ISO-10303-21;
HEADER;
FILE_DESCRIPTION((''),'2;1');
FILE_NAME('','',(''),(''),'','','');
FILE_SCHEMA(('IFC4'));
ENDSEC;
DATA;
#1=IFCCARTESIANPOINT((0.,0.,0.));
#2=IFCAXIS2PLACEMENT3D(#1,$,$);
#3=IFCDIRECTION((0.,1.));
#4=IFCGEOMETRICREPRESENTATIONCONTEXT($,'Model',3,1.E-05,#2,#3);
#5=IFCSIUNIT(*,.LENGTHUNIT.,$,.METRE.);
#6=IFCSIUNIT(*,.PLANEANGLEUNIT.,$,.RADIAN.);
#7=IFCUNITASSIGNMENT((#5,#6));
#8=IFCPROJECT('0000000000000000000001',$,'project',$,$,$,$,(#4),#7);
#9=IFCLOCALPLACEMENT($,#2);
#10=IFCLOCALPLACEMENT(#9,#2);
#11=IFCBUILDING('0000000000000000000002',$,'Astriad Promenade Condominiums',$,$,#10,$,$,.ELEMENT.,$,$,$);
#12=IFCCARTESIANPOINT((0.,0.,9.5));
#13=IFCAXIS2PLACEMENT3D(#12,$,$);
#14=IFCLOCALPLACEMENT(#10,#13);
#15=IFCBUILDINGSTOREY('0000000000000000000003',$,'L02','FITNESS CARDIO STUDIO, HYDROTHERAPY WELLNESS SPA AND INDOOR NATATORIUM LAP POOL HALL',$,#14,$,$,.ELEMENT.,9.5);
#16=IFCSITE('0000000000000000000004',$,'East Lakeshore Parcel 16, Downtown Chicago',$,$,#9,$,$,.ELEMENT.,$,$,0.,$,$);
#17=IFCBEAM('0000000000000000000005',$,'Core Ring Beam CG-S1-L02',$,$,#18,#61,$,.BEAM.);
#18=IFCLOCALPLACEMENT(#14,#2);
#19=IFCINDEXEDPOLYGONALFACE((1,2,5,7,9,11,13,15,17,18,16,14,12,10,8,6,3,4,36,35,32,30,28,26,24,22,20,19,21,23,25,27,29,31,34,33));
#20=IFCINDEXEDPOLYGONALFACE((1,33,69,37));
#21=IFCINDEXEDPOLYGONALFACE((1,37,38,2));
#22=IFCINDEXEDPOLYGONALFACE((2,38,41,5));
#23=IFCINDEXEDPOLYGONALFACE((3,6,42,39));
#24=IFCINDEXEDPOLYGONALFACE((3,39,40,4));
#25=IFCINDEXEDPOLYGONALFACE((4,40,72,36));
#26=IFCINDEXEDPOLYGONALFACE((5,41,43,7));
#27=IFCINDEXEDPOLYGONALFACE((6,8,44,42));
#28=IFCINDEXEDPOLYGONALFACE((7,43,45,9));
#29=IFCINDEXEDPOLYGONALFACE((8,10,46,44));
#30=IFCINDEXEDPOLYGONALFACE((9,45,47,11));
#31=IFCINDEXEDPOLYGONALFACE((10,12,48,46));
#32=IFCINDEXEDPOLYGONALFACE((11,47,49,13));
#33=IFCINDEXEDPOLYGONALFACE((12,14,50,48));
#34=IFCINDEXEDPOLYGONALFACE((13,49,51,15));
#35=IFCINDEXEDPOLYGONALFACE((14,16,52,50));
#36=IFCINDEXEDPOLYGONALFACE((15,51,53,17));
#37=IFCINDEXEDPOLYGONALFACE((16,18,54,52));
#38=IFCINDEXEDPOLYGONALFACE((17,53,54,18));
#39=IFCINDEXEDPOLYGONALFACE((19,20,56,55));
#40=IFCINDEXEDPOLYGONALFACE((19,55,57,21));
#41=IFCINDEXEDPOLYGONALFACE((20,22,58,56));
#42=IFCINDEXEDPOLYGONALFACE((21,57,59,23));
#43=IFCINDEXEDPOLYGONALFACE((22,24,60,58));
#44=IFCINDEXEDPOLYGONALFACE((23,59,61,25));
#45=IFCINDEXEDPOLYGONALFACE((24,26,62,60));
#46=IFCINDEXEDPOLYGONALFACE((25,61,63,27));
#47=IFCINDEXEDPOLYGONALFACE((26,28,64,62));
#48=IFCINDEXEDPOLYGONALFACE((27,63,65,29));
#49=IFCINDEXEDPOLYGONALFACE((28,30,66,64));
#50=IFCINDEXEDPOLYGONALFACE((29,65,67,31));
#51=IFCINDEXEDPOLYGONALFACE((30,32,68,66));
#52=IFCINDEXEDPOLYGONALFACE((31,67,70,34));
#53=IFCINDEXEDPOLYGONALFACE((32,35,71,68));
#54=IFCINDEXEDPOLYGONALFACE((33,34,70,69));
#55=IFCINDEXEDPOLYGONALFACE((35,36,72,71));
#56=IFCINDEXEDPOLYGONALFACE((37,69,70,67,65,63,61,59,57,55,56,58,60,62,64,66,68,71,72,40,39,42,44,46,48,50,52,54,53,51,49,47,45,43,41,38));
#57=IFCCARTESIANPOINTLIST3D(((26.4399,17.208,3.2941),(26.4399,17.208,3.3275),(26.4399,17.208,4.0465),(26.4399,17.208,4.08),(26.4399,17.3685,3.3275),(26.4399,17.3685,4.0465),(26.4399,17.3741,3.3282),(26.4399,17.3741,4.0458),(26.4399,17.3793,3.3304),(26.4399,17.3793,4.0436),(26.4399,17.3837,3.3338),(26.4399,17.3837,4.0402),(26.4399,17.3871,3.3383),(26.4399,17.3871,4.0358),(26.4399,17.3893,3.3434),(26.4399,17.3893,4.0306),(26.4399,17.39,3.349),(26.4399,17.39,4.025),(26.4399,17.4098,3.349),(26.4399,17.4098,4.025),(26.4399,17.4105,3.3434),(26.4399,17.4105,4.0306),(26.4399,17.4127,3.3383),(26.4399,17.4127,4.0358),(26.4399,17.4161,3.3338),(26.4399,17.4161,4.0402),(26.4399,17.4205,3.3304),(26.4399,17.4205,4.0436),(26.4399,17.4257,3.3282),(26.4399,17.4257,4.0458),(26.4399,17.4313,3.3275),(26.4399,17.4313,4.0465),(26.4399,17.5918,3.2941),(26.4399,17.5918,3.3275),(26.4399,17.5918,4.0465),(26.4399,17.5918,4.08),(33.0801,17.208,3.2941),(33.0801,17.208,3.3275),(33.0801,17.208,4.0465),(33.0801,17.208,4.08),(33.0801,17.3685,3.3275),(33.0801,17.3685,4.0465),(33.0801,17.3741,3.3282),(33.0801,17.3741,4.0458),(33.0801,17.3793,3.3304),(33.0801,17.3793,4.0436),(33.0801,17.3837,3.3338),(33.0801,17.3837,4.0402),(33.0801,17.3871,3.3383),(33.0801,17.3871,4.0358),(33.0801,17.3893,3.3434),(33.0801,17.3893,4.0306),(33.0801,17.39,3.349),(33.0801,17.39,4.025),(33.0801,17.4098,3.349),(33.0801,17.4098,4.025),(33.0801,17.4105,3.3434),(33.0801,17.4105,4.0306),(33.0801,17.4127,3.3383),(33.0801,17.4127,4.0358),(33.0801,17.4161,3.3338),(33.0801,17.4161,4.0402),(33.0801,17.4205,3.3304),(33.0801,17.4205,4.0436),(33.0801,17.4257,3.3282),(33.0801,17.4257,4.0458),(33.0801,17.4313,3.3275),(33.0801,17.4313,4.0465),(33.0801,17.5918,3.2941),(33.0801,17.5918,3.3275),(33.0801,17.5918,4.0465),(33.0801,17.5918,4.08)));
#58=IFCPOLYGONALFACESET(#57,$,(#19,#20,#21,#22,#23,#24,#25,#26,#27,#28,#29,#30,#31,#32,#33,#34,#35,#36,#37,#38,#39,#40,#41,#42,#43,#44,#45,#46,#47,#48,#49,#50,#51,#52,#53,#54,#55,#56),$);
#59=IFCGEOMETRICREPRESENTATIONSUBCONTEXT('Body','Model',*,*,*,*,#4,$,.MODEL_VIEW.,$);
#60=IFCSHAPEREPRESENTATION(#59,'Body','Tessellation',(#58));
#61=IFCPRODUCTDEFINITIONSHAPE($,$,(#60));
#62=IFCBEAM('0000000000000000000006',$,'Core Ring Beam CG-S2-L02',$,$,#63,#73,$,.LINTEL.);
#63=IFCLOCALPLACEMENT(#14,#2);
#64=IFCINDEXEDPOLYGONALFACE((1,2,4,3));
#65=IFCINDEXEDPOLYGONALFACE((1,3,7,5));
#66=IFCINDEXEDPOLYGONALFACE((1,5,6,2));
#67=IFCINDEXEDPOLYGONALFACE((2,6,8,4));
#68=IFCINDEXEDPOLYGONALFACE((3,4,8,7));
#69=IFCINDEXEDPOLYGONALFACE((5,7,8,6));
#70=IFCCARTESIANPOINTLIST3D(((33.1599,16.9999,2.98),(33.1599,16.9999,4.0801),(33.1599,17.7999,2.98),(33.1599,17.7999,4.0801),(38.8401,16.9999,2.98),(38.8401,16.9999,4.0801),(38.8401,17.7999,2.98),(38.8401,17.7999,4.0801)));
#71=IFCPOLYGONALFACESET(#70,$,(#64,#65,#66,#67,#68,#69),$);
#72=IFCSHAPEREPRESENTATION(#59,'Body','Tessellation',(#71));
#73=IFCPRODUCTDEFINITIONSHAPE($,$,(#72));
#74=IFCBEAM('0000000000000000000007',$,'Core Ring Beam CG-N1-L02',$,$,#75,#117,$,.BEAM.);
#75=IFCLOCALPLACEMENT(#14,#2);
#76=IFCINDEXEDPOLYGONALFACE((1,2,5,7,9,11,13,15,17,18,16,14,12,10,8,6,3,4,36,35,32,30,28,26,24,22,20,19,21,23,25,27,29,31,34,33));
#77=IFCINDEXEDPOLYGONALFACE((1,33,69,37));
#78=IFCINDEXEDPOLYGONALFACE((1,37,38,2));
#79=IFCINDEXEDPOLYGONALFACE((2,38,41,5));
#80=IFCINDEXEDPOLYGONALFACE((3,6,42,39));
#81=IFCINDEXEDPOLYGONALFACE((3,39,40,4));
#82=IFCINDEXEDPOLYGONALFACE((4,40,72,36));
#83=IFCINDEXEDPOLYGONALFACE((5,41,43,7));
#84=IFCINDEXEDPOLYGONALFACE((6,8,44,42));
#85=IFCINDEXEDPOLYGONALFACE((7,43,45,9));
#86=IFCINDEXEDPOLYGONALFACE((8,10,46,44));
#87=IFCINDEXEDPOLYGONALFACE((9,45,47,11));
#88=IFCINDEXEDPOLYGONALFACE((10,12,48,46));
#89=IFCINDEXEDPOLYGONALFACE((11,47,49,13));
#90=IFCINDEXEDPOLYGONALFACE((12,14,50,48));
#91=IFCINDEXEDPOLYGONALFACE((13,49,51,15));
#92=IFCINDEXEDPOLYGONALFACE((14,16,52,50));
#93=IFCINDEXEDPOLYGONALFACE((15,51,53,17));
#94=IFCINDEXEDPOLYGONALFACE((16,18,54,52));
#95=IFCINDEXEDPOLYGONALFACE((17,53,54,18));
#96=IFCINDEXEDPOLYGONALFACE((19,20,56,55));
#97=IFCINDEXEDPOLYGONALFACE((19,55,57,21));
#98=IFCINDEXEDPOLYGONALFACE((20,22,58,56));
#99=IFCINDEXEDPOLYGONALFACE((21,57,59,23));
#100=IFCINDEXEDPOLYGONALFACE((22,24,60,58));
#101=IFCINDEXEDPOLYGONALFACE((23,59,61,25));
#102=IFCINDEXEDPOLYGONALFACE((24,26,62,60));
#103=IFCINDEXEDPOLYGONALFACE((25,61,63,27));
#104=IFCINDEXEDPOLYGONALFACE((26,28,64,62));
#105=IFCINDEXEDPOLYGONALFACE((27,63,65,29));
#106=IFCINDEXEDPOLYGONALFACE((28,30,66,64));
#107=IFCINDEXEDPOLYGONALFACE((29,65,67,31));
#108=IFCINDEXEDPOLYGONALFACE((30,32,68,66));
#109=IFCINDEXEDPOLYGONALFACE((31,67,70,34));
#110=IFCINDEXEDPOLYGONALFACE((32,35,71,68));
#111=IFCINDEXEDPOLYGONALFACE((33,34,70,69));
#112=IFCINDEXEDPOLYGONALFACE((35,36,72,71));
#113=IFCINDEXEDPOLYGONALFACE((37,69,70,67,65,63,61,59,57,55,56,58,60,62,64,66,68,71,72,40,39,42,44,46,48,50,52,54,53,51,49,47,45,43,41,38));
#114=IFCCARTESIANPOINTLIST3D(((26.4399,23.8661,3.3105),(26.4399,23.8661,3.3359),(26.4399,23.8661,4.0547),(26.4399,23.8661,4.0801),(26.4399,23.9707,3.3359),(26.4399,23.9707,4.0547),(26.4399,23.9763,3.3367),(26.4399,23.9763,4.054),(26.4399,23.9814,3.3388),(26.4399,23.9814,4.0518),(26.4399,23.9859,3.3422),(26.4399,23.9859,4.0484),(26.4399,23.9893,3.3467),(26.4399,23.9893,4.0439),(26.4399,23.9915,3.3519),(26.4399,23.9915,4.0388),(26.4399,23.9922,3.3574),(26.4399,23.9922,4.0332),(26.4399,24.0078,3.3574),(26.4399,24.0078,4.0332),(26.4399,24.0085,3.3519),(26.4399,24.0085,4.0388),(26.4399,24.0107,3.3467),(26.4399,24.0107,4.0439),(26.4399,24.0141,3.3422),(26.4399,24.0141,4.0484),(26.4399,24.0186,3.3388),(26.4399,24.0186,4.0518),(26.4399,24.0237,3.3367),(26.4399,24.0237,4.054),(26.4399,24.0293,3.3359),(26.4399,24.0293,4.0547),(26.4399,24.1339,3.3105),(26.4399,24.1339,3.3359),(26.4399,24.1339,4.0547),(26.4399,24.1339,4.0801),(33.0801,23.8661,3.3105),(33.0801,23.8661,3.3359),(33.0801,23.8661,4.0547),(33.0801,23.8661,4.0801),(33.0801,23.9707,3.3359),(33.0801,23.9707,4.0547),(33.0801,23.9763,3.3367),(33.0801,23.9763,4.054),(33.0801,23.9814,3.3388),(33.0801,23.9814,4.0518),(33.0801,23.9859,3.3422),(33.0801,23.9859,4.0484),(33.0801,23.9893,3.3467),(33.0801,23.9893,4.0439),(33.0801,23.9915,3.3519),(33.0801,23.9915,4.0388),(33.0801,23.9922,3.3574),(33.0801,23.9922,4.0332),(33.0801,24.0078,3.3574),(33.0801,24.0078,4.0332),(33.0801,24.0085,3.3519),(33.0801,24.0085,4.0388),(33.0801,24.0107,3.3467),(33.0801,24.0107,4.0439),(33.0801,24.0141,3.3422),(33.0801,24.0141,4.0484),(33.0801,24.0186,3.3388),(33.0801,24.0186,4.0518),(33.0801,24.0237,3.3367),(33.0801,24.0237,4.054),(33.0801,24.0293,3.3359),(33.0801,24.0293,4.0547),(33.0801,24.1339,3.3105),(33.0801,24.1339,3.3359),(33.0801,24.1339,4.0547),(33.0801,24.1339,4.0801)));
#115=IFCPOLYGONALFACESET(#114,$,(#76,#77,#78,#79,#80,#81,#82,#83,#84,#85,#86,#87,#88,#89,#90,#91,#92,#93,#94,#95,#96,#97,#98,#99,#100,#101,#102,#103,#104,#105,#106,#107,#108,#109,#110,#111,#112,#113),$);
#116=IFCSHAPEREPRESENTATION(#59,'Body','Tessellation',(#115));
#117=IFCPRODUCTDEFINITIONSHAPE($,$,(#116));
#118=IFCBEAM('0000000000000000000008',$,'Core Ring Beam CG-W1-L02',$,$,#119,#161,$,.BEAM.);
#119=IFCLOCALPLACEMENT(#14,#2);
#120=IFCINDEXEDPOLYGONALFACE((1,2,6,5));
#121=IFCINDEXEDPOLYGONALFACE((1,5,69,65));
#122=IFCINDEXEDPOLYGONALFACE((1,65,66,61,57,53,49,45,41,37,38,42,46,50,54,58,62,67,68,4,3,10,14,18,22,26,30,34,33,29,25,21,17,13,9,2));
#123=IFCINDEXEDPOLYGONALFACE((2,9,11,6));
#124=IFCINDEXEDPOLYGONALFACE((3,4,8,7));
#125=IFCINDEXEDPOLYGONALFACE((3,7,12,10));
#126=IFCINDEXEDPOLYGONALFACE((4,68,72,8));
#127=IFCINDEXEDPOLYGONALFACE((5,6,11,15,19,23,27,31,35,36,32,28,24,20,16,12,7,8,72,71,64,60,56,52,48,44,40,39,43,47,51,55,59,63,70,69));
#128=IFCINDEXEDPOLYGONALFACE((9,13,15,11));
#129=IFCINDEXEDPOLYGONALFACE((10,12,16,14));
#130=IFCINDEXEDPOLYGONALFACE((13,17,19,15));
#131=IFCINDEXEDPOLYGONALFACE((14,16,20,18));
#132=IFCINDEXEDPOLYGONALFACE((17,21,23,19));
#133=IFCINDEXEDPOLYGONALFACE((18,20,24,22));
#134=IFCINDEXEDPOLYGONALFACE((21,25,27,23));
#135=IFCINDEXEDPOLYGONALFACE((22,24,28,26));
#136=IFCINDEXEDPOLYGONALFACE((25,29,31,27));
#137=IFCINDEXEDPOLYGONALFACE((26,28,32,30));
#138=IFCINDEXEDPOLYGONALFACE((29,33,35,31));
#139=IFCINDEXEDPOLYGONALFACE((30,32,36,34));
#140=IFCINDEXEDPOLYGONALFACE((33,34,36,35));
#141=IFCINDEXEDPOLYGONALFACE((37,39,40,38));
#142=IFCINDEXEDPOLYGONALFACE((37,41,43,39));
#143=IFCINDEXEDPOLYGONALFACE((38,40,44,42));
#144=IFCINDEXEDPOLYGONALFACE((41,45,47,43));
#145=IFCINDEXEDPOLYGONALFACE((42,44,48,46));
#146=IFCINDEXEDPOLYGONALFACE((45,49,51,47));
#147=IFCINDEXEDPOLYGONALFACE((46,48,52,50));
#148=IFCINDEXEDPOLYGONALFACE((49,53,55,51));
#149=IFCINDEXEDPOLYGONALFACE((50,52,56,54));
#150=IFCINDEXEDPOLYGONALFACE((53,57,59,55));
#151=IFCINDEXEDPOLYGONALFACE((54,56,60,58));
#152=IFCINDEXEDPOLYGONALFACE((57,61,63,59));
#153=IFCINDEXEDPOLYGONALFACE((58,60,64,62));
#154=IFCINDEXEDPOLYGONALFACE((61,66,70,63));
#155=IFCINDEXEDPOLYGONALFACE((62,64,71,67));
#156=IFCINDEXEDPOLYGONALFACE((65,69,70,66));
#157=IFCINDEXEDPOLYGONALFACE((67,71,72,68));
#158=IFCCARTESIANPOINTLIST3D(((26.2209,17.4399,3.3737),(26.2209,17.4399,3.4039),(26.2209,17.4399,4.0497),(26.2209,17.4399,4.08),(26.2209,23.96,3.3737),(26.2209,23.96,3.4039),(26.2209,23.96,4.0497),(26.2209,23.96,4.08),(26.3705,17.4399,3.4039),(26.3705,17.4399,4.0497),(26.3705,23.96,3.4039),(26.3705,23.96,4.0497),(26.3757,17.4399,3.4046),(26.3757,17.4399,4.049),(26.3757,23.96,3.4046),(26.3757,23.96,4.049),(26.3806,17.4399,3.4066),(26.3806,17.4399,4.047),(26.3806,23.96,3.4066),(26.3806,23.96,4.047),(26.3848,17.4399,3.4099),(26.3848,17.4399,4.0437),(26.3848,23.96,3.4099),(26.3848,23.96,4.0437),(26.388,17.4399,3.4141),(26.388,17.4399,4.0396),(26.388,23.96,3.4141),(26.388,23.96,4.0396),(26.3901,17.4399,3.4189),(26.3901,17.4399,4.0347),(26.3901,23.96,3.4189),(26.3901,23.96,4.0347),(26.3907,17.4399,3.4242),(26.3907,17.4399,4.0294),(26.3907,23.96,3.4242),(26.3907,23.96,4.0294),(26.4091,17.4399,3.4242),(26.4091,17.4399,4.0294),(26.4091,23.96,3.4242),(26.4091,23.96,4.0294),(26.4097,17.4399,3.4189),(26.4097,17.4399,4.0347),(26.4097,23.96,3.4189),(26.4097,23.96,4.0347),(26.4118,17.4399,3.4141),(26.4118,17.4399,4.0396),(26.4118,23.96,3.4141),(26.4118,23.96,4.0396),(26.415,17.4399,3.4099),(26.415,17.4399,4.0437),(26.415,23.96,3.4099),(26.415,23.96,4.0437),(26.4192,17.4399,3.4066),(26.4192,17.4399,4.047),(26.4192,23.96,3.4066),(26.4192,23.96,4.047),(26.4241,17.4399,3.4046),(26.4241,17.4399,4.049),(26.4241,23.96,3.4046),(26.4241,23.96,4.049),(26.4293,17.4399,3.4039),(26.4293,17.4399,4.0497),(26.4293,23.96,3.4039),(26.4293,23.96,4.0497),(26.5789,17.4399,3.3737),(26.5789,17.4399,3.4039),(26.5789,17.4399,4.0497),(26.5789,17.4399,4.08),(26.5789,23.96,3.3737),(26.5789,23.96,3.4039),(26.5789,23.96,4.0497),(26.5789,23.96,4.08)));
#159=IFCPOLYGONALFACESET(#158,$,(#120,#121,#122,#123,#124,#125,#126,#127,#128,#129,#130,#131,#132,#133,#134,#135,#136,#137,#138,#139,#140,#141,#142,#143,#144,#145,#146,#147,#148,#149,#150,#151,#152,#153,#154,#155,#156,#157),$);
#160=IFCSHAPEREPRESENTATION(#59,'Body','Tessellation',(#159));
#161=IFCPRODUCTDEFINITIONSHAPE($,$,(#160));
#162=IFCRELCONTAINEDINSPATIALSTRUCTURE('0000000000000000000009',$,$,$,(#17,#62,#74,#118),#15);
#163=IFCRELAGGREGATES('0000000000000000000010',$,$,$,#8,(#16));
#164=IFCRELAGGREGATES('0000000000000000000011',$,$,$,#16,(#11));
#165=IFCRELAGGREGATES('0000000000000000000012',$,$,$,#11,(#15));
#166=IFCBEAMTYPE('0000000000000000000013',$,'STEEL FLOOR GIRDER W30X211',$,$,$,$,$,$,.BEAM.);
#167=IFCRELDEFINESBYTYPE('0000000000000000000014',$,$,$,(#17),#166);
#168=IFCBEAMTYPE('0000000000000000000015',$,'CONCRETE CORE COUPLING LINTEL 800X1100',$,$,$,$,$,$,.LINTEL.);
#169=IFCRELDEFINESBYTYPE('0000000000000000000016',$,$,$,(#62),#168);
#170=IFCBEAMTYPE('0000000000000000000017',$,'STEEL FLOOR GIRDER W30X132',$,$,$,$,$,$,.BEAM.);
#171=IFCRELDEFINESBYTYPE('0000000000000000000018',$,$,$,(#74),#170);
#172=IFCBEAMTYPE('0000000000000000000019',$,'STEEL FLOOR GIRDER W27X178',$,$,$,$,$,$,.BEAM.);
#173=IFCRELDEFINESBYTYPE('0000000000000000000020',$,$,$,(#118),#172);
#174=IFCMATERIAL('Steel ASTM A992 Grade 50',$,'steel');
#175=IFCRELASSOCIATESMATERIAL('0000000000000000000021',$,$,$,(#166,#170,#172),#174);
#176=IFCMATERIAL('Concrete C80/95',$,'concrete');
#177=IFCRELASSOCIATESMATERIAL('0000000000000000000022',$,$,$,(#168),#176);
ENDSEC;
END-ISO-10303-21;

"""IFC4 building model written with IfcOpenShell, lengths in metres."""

from ifc_helpers import new_model, si_unit, direction, frame, origin, origin_2d, place, context, subcontext, project, spatial, rectangle, i_section, extrude, source, transform, mapped, material, material_profile, profile_set, type_object, type_shapes, element, save


model = new_model("IFC4")

# Units and contexts
model_context = context("Model", 3, precision=1e-05, world=origin(), true_north=direction((0.0, 1.0)))
body_context = subcontext(model_context, "Body", "Model", "MODEL_VIEW")
ifc_project = project(units=[si_unit("LENGTHUNIT", "METRE"), si_unit("PLANEANGLEUNIT", "RADIAN")], contexts=[model_context])

# Site, building, storey
site_placement = place(None, origin())
site = spatial("IfcSite", under=ifc_project, at=site_placement, Name="East Lakeshore Parcel 16, Downtown Chicago", CompositionType="ELEMENT", RefElevation=0.0)
building_placement = place(site_placement, origin())
building = spatial("IfcBuilding", under=site, at=building_placement, Name="Astriad Promenade Condominiums", CompositionType="ELEMENT")
storey_placement = place(building_placement, frame((0.0, 0.0, 9.5)))
storey = spatial("IfcBuildingStorey", under=building, at=storey_placement, Name="L02", Description="FITNESS CARDIO STUDIO, HYDROTHERAPY WELLNESS SPA AND INDOOR NATATORIUM LAP POOL HALL", CompositionType="ELEMENT", Elevation=9.5)

# Shared definitions
ifc_material_1 = material(Name="Steel ASTM A992 Grade 50", Category="steel")

# Beams
ifc_material_profile_1 = material_profile(ifc_material_1, i_section(OverallWidth=0.3838, OverallDepth=0.7859, WebThickness=0.0198, FlangeThickness=0.0334, FilletRadius=0.0215, at=origin_2d()), Name="W30X211")
ifc_profile_set_1 = profile_set([ifc_material_profile_1], Name="Steel ASTM A992 Grade 50")
beam_type_1 = type_object("IfcBeamType", Name="STEEL FLOOR GIRDER W30X211", PredefinedType="BEAM", material=ifc_profile_set_1)
shared_shape_1 = source(origin(), body_context, "Body", "SweptSolid", [
    extrude(i_section(OverallWidth=0.3838, OverallDepth=0.7859, WebThickness=0.0198, FlangeThickness=0.0334, FilletRadius=0.0215, at=origin_2d()), origin(), (0.0, 0.0, 1.0), 6.6401),
])
type_shapes(beam_type_1, [shared_shape_1])
beam_1_placement = place(storey_placement, frame((26.4399, 17.3999, 3.687), z_axis=(1.0, 0.0, 0.0), x_axis=(0.0, 1.0, 0.0)))
element("IfcBeam", 1, at=beam_1_placement, inside=storey, type_object=beam_type_1, Name="Core Ring Beam CG-S1-L02", PredefinedType="BEAM", context=body_context, shape_type="MappedRepresentation", body=[
    mapped(shared_shape_1, transform((0.0, 0.0, 0.0), scale=1.0)),
])
ifc_material_2 = material(Name="Concrete C80/95", Category="concrete")
ifc_material_profile_2 = material_profile(ifc_material_2, rectangle(XDim=0.8, YDim=1.1001, at=origin_2d()), Name="RC-BM-800X1100")
ifc_profile_set_2 = profile_set([ifc_material_profile_2], Name="Concrete C80/95")
beam_type_2 = type_object("IfcBeamType", Name="CONCRETE CORE COUPLING LINTEL 800X1100", PredefinedType="LINTEL", material=ifc_profile_set_2)
shared_shape_2 = source(origin(), body_context, "Body", "SweptSolid", [
    extrude(rectangle(XDim=0.8, YDim=1.1001, at=origin_2d()), origin(), (0.0, 0.0, 1.0), 5.6802),
])
type_shapes(beam_type_2, [shared_shape_2])
beam_2_placement = place(storey_placement, frame((33.1599, 17.3999, 3.53), z_axis=(1.0, 0.0, 0.0), x_axis=(0.0, 1.0, 0.0)))
element("IfcBeam", 2, at=beam_2_placement, inside=storey, type_object=beam_type_2, Name="Core Ring Beam CG-S2-L02", PredefinedType="LINTEL", context=body_context, shape_type="MappedRepresentation", body=[
    mapped(shared_shape_2, transform((0.0, 0.0, 0.0), scale=1.0)),
])
ifc_material_profile_3 = material_profile(ifc_material_1, i_section(OverallWidth=0.2678, OverallDepth=0.7695, WebThickness=0.0156, FlangeThickness=0.0254, FilletRadius=0.0215, at=origin_2d()), Name="W30X132")
ifc_profile_set_3 = profile_set([ifc_material_profile_3], Name="Steel ASTM A992 Grade 50")
beam_type_3 = type_object("IfcBeamType", Name="STEEL FLOOR GIRDER W30X132", PredefinedType="BEAM", material=ifc_profile_set_3)
shared_shape_3 = source(origin(), body_context, "Body", "SweptSolid", [
    extrude(i_section(OverallWidth=0.2678, OverallDepth=0.7695, WebThickness=0.0156, FlangeThickness=0.0254, FilletRadius=0.0215, at=origin_2d()), origin(), (0.0, 0.0, 1.0), 6.6401),
])
type_shapes(beam_type_3, [shared_shape_3])
beam_3_placement = place(storey_placement, frame((26.4399, 24.0, 3.6953), z_axis=(1.0, 0.0, 0.0), x_axis=(0.0, 1.0, 0.0)))
element("IfcBeam", 3, at=beam_3_placement, inside=storey, type_object=beam_type_3, Name="Core Ring Beam CG-N1-L02", PredefinedType="BEAM", context=body_context, shape_type="MappedRepresentation", body=[
    mapped(shared_shape_3, transform((0.0, 0.0, 0.0), scale=1.0)),
])
ifc_material_profile_4 = material_profile(ifc_material_1, i_section(OverallWidth=0.3579, OverallDepth=0.7063, WebThickness=0.0183, FlangeThickness=0.0303, FilletRadius=0.0203, at=origin_2d()), Name="W27X178")
ifc_profile_set_4 = profile_set([ifc_material_profile_4], Name="Steel ASTM A992 Grade 50")
beam_type_4 = type_object("IfcBeamType", Name="STEEL FLOOR GIRDER W27X178", PredefinedType="BEAM", material=ifc_profile_set_4)
shared_shape_4 = source(origin(), body_context, "Body", "SweptSolid", [
    extrude(i_section(OverallWidth=0.3579, OverallDepth=0.7063, WebThickness=0.0183, FlangeThickness=0.0303, FilletRadius=0.0203, at=origin_2d()), origin(), (0.0, 0.0, 1.0), 6.52),
])
type_shapes(beam_type_4, [shared_shape_4])
beam_4_placement = place(storey_placement, frame((26.3999, 17.4399, 3.7268), z_axis=(0.0, 1.0, 0.0), x_axis=(-1.0, 0.0, 0.0)))
element("IfcBeam", 4, at=beam_4_placement, inside=storey, type_object=beam_type_4, Name="Core Ring Beam CG-W1-L02", PredefinedType="BEAM", context=body_context, shape_type="MappedRepresentation", body=[
    mapped(shared_shape_4, transform((0.0, 0.0, 0.0), scale=1.0)),
])

save(model, "model.ifc")
